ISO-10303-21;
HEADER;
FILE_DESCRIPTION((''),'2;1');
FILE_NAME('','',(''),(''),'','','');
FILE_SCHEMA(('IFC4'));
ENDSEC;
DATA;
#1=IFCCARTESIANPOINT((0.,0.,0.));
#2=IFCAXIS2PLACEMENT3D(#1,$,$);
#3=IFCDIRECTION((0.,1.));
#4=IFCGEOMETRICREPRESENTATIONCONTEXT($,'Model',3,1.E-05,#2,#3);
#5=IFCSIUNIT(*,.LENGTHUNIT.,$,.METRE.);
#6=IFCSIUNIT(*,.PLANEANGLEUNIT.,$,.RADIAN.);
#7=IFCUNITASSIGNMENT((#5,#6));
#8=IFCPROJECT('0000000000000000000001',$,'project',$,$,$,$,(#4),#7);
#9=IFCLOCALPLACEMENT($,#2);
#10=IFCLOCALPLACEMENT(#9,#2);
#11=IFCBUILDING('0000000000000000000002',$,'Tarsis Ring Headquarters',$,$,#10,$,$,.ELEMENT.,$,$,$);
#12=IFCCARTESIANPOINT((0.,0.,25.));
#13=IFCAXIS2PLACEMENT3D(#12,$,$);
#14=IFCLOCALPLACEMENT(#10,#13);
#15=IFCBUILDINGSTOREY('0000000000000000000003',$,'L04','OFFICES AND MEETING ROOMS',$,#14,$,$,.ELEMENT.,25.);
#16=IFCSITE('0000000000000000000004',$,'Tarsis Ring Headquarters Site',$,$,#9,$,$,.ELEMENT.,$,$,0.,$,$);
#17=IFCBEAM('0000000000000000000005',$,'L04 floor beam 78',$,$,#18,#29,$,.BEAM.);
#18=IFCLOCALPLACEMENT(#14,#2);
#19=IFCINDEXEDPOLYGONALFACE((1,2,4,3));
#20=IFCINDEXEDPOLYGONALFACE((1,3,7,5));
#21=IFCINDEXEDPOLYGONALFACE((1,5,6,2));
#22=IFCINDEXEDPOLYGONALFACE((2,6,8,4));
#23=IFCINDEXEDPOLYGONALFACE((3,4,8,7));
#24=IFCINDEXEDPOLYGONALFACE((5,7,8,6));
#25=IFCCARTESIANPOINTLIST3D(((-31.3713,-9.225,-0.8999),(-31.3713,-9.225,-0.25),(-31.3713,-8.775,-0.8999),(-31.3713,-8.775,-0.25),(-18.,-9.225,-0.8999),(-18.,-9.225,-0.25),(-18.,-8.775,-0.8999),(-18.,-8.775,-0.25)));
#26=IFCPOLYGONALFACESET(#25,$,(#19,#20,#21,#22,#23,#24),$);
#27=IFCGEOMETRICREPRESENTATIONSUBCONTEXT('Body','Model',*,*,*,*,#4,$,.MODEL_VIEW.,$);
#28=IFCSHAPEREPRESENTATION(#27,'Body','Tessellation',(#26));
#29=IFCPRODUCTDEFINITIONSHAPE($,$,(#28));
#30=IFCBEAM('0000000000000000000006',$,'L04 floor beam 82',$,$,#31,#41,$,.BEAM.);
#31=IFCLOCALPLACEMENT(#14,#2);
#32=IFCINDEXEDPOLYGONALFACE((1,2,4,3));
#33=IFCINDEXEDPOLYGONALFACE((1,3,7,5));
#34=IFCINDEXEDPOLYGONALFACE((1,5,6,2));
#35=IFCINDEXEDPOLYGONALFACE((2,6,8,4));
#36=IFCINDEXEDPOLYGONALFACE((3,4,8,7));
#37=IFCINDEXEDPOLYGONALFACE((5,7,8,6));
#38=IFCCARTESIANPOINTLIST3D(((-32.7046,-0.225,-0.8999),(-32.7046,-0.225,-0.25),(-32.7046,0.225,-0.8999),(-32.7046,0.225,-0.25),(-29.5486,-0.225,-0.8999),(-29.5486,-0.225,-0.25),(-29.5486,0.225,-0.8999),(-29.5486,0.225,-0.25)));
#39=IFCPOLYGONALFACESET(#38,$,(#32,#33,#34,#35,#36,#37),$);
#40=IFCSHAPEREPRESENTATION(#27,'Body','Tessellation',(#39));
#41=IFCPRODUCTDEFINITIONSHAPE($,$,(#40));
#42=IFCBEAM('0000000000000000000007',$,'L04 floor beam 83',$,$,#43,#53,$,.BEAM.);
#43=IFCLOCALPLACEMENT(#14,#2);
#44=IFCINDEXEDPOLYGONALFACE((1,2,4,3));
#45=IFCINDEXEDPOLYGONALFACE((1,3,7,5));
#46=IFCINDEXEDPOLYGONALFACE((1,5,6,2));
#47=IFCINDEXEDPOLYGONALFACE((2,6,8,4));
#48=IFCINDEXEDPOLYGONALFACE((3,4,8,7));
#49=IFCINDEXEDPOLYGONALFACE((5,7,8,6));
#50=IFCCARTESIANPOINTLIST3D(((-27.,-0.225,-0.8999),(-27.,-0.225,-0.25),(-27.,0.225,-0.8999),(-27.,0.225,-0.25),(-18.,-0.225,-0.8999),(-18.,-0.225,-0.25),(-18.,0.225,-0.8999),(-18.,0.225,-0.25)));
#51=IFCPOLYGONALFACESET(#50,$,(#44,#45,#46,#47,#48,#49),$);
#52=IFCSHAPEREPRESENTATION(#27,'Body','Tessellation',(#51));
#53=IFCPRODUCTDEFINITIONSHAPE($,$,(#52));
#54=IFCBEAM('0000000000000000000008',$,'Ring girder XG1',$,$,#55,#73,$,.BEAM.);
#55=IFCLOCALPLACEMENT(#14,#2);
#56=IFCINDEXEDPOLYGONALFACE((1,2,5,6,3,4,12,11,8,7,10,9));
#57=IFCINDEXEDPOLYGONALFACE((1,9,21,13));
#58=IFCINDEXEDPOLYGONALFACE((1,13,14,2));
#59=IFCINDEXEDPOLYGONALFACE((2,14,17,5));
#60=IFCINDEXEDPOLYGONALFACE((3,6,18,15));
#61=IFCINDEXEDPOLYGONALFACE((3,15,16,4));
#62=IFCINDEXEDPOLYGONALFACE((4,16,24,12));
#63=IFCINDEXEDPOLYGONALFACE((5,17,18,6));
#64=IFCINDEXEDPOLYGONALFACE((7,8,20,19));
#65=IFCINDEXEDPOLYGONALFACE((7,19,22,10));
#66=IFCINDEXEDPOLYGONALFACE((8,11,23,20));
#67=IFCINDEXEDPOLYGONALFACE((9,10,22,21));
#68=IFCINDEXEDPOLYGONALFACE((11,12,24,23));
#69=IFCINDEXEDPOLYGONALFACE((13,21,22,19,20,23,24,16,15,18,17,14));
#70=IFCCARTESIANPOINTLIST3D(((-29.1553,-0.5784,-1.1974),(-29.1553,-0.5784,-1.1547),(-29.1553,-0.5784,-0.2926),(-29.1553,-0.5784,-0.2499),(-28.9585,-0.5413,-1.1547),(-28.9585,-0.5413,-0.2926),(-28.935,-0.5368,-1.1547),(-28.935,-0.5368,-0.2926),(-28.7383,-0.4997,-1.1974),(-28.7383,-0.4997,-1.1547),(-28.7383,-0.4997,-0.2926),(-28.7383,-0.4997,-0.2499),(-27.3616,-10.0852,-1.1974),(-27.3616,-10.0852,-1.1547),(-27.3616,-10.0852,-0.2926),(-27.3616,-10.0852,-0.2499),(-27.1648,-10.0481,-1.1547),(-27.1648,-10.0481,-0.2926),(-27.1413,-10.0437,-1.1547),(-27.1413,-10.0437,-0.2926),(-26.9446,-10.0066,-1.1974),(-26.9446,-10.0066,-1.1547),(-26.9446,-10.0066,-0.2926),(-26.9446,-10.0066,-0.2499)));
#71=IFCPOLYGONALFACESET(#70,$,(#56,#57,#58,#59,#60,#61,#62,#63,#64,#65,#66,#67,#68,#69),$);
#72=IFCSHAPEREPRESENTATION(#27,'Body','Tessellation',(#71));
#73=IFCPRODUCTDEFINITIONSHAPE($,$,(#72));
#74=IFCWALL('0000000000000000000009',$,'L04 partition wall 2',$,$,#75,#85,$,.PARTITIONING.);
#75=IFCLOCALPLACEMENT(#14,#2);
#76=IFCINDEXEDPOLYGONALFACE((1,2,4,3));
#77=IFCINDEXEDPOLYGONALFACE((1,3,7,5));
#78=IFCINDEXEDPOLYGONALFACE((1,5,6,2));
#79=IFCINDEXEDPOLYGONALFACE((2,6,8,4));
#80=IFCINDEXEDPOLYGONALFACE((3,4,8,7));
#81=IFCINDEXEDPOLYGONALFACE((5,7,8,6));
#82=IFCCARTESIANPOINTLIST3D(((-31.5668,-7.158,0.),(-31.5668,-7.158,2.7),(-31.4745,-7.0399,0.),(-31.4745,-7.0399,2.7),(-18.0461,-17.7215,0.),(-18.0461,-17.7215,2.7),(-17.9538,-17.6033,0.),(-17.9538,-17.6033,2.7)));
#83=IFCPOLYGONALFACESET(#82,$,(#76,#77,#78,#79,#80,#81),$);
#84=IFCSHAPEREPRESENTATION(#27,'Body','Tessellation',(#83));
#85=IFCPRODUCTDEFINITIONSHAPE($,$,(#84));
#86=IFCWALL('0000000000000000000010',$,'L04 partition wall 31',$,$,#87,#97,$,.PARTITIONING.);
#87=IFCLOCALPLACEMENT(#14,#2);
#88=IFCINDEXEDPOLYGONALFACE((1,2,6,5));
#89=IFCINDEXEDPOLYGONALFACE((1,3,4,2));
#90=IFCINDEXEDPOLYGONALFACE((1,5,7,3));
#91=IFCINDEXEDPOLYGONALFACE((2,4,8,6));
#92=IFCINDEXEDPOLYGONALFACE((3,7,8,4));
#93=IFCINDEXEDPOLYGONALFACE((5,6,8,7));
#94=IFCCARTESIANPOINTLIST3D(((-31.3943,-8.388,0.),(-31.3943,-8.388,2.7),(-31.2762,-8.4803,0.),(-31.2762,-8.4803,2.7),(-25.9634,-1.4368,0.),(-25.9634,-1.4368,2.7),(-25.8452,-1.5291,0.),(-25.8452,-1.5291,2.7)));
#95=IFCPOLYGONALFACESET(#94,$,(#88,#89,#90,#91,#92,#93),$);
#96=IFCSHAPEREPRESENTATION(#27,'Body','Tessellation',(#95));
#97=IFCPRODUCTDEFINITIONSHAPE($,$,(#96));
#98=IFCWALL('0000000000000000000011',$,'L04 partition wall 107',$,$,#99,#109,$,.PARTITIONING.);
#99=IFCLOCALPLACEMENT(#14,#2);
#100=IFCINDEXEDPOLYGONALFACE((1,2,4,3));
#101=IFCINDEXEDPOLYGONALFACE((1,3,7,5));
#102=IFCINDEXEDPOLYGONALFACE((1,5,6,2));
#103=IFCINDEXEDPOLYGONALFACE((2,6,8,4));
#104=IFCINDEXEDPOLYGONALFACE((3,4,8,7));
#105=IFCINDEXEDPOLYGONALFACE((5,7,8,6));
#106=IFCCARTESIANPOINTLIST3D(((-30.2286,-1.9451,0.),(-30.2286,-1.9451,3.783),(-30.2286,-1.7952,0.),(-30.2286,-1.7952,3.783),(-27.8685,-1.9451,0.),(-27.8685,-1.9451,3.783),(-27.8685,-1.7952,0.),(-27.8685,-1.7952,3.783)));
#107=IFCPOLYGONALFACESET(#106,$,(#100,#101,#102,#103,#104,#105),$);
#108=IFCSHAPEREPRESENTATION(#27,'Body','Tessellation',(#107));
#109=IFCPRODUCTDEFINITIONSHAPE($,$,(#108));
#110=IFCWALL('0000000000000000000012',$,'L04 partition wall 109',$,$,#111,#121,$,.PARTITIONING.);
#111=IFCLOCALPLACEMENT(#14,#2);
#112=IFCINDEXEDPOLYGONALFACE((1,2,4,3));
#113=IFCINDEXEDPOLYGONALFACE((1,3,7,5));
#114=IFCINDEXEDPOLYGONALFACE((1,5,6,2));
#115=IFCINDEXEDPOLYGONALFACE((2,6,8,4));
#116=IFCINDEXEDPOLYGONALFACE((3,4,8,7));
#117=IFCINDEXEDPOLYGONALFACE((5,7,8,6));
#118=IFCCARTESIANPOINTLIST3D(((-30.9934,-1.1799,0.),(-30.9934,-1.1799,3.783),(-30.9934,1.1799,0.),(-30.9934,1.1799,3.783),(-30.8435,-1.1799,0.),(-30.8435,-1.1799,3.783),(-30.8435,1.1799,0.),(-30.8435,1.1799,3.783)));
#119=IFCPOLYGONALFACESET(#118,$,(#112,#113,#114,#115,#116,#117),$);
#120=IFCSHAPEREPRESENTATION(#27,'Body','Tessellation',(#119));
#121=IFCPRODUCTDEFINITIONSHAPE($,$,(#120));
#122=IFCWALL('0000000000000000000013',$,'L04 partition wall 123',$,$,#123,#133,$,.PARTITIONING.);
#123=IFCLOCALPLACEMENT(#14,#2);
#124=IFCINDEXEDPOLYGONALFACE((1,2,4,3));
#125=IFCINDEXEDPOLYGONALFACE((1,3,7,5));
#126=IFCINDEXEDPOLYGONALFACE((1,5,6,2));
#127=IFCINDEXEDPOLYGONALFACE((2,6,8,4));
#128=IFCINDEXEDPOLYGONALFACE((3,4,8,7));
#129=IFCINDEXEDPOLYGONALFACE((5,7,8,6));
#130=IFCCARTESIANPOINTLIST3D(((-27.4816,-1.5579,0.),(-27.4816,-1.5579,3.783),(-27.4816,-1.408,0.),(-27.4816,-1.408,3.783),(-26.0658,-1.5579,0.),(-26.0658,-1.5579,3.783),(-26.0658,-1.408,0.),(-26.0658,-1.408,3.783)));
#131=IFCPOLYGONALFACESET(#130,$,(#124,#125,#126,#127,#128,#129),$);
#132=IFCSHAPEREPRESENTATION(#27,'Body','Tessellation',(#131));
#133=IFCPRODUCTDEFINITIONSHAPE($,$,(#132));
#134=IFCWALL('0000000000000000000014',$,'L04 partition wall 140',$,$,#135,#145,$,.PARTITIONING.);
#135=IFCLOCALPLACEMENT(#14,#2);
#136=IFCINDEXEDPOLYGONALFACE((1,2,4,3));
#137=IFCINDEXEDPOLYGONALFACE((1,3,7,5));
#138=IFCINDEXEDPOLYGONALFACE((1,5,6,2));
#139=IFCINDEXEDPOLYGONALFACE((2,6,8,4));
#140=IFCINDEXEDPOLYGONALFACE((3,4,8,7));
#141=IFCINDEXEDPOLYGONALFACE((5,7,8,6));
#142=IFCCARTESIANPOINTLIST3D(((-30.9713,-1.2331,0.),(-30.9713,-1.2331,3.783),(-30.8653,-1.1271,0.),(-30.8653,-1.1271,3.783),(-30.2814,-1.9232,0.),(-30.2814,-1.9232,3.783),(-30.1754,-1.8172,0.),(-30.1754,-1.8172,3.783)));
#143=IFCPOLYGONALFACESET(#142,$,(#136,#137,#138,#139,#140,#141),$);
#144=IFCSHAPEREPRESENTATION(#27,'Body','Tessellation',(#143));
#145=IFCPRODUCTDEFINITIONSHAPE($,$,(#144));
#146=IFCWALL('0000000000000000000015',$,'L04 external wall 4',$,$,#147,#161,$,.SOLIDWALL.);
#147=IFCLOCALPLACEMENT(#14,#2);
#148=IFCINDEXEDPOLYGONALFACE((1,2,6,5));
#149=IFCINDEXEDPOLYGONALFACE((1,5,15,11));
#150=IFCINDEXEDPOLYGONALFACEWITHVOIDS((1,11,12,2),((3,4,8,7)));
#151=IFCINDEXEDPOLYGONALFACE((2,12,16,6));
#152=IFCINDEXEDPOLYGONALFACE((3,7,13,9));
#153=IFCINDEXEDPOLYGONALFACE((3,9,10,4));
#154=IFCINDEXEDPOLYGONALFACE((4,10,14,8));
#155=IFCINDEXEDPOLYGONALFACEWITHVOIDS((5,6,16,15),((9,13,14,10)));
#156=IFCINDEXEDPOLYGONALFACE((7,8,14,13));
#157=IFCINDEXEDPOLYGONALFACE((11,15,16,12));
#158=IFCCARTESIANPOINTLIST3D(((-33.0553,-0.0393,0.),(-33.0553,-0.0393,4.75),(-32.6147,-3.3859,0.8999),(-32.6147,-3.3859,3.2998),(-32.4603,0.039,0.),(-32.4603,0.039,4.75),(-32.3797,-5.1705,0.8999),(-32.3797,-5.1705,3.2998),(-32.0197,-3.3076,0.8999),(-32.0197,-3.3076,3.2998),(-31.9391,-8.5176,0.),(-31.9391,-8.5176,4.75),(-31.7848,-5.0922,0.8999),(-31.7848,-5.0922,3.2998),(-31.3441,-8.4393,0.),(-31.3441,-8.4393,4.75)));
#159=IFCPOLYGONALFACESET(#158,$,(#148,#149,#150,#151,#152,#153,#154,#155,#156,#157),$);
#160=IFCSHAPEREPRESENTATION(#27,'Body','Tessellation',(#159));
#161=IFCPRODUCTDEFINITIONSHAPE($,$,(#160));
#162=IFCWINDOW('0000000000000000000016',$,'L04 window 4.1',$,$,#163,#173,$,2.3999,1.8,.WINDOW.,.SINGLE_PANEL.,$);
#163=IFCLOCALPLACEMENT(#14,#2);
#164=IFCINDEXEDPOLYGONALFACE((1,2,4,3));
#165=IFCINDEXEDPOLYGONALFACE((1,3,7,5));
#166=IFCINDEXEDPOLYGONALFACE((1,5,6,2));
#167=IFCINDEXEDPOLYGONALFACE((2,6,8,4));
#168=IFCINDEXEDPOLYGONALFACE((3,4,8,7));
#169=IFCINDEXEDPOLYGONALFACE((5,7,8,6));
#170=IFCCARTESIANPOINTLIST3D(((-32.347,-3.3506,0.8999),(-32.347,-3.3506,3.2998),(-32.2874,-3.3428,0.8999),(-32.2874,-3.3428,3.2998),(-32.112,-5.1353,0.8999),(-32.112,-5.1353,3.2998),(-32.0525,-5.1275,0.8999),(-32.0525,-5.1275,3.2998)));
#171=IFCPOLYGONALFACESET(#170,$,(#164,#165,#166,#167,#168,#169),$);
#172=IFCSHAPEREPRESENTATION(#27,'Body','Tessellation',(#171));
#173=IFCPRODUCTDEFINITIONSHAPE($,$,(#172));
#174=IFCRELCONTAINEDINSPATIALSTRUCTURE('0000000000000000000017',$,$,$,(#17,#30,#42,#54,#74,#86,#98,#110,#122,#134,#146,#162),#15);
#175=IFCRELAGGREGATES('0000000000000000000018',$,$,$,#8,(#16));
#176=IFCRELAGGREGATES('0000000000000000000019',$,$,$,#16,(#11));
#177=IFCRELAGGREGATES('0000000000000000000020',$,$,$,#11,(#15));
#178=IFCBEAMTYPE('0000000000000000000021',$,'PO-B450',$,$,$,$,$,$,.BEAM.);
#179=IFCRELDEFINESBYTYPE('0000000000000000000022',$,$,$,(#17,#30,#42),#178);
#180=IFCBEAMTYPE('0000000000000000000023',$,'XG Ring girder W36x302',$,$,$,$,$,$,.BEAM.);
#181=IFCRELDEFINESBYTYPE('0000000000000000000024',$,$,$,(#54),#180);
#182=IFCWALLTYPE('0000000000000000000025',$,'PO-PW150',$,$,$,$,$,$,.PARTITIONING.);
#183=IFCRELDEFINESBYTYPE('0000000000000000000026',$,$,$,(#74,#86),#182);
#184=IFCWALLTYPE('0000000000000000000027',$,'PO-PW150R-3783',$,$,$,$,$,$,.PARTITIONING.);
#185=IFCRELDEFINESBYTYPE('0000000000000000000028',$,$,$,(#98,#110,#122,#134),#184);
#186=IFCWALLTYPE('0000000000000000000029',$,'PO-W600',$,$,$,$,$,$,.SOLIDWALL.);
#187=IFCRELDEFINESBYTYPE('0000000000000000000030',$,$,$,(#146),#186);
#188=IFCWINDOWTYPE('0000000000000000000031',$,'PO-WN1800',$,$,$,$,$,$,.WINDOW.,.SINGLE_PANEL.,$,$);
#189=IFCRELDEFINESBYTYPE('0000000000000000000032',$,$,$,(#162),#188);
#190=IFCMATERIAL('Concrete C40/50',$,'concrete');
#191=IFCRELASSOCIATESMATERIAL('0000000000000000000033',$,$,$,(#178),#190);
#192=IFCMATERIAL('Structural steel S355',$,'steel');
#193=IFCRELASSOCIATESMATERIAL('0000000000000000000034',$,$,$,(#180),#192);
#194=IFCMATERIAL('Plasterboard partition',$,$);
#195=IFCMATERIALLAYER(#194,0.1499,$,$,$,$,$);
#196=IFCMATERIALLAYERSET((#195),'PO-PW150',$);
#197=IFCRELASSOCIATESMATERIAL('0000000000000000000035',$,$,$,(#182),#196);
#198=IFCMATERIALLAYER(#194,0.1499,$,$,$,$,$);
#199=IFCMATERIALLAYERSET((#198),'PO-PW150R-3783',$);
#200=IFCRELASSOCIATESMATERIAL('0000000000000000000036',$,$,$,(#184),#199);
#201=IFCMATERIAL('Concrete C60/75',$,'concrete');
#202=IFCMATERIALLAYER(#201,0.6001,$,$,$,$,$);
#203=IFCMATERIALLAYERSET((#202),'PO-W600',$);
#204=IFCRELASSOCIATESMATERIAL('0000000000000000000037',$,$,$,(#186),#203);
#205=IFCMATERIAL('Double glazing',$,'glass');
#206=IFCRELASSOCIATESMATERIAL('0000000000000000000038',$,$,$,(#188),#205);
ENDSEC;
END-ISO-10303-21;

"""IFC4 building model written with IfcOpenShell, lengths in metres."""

from ifc_helpers import new_model, si_unit, direction, frame, frame_2d, origin, origin_2d, place, context, subcontext, project, spatial, rectangle, i_section, extrude, material, layer, layer_set, material_profile, profile_set, type_object, element, fill, save


model = new_model("IFC4")

# Units and contexts
model_context = context("Model", 3, precision=1e-05, world=origin(), true_north=direction((0.0, 1.0)))
body_context = subcontext(model_context, "Body", "Model", "MODEL_VIEW")
ifc_project = project(units=[si_unit("LENGTHUNIT", "METRE"), si_unit("PLANEANGLEUNIT", "RADIAN")], contexts=[model_context])

# Site, building, storey
site_placement = place(None, origin())
site = spatial("IfcSite", under=ifc_project, at=site_placement, Name="Tarsis Ring Headquarters Site", CompositionType="ELEMENT", RefElevation=0.0)
building_placement = place(site_placement, origin())
building = spatial("IfcBuilding", under=site, at=building_placement, Name="Tarsis Ring Headquarters", CompositionType="ELEMENT")
storey_placement = place(building_placement, frame((0.0, 0.0, 25.0)))
storey = spatial("IfcBuildingStorey", under=building, at=storey_placement, Name="L04", Description="OFFICES AND MEETING ROOMS", CompositionType="ELEMENT", Elevation=25.0)

# Beams
ifc_material_1 = material(Name="Concrete C40/50", Category="concrete")
ifc_material_profile_1 = material_profile(ifc_material_1, rectangle(XDim=0.45, YDim=0.6499, at=origin_2d()), Name="PO-B450")
ifc_profile_set_1 = profile_set([ifc_material_profile_1], Name="Concrete C40/50")
beam_type_1 = type_object("IfcBeamType", Name="PO-B450", PredefinedType="BEAM", material=ifc_profile_set_1)
beam_1_placement = place(storey_placement, frame((-31.3713, -9.0, -0.575), z_axis=(1.0, 0.0, 0.0), x_axis=(0.0, 1.0, 0.0)))
element("IfcBeam", 1, at=beam_1_placement, inside=storey, type_object=beam_type_1, Name="L04 floor beam 78", PredefinedType="BEAM", context=body_context, shape_type="SweptSolid", body=[
    extrude(rectangle(XDim=0.45, YDim=0.6499, at=origin_2d()), origin(), (0.0, 0.0, 1.0), 13.3713),
])
beam_2_placement = place(storey_placement, frame((-32.7046, 0.0, -0.575), z_axis=(1.0, 0.0, 0.0), x_axis=(0.0, 1.0, 0.0)))
element("IfcBeam", 2, at=beam_2_placement, inside=storey, type_object=beam_type_1, Name="L04 floor beam 82", PredefinedType="BEAM", context=body_context, shape_type="SweptSolid", body=[
    extrude(rectangle(XDim=0.45, YDim=0.6499, at=origin_2d()), origin(), (0.0, 0.0, 1.0), 3.156),
])
beam_3_placement = place(storey_placement, frame((-27.0, 0.0, -0.575), z_axis=(1.0, 0.0, 0.0), x_axis=(0.0, 1.0, 0.0)))
element("IfcBeam", 3, at=beam_3_placement, inside=storey, type_object=beam_type_1, Name="L04 floor beam 83", PredefinedType="BEAM", context=body_context, shape_type="SweptSolid", body=[
    extrude(rectangle(XDim=0.45, YDim=0.6499, at=origin_2d()), origin(), (0.0, 0.0, 1.0), 9.0),
])
ifc_material_2 = material(Name="Structural steel S355", Category="steel")
ifc_material_profile_2 = material_profile(ifc_material_2, i_section(OverallWidth=0.4243, OverallDepth=0.9475, WebThickness=0.0239, FlangeThickness=0.0427, at=origin_2d()), Name="W36x302")
ifc_profile_set_2 = profile_set([ifc_material_profile_2], Name="Structural steel S355")
beam_type_2 = type_object("IfcBeamType", Name="XG Ring girder W36x302", PredefinedType="BEAM", material=ifc_profile_set_2)
beam_4_placement = place(storey_placement, frame((-28.9468, -0.5391, -0.7236), z_axis=(0.185404, -0.982662, 0.0), x_axis=(0.982662, 0.185404, 0.0)))
element("IfcBeam", 4, at=beam_4_placement, inside=storey, type_object=beam_type_2, Name="Ring girder XG1", PredefinedType="BEAM", context=body_context, shape_type="SweptSolid", body=[
    extrude(i_section(OverallWidth=0.4243, OverallDepth=0.9475, WebThickness=0.0239, FlangeThickness=0.0427, at=origin_2d()), origin(), (0.0, 0.0, 1.0), 9.6746),
])

# Walls
ifc_material_3 = material(Name="Plasterboard partition")
ifc_layer_1 = layer(ifc_material_3, 0.1499)
ifc_layer_set_1 = layer_set([ifc_layer_1], Name="PO-PW150")
wall_type_1 = type_object("IfcWallType", Name="PO-PW150", PredefinedType="PARTITIONING", material=ifc_layer_set_1)
wall_1_placement = place(storey_placement, frame((-31.5208, -7.0989, 0.0), z_axis=(0.0, 0.0, 1.0), x_axis=(0.788013, -0.615658, 0.0)))
element("IfcWall", 5, at=wall_1_placement, inside=storey, type_object=wall_type_1, Name="L04 partition wall 2", PredefinedType="PARTITIONING", context=body_context, shape_type="SweptSolid", body=[
    extrude(rectangle(XDim=17.158, YDim=0.1499, at=frame_2d((8.5791, 0.0))), origin(), (0.0, 0.0, 1.0), 2.7),
])
wall_2_placement = place(storey_placement, frame((-25.9043, -1.4829, 0.0), z_axis=(0.0, 0.0, 1.0), x_axis=(-0.615666, -0.788008, 0.0)))
element("IfcWall", 6, at=wall_2_placement, inside=storey, type_object=wall_type_1, Name="L04 partition wall 31", PredefinedType="PARTITIONING", context=body_context, shape_type="SweptSolid", body=[
    extrude(rectangle(XDim=8.8213, YDim=0.1499, at=frame_2d((4.4106, 0.0))), origin(), (0.0, 0.0, 1.0), 2.7),
])
ifc_layer_2 = layer(ifc_material_3, 0.1499)
ifc_layer_set_2 = layer_set([ifc_layer_2], Name="PO-PW150R-3783")
wall_type_2 = type_object("IfcWallType", Name="PO-PW150R-3783", PredefinedType="PARTITIONING", material=ifc_layer_set_2)
wall_3_placement = place(storey_placement, frame((-27.8684, -1.8701, 0.0), z_axis=(0.0, 0.0, 1.0), x_axis=(-1.0, 0.0, 0.0)))
element("IfcWall", 7, at=wall_3_placement, inside=storey, type_object=wall_type_2, Name="L04 partition wall 107", PredefinedType="PARTITIONING", context=body_context, shape_type="SweptSolid", body=[
    extrude(rectangle(XDim=2.3601, YDim=0.1499, at=frame_2d((1.1802, 0.0))), origin(), (0.0, 0.0, 1.0), 3.783),
])
wall_4_placement = place(storey_placement, frame((-30.9185, -1.1799, 0.0), z_axis=(0.0, 0.0, 1.0), x_axis=(0.0, 1.0, 0.0)))
element("IfcWall", 8, at=wall_4_placement, inside=storey, type_object=wall_type_2, Name="L04 partition wall 109", PredefinedType="PARTITIONING", context=body_context, shape_type="SweptSolid", body=[
    extrude(rectangle(XDim=2.3599, YDim=0.1499, at=frame_2d((1.1799, 0.0))), origin(), (0.0, 0.0, 1.0), 3.783),
])
wall_5_placement = place(storey_placement, frame((-26.0657, -1.4829, 0.0), z_axis=(0.0, 0.0, 1.0), x_axis=(-1.0, 0.0, 0.0)))
element("IfcWall", 9, at=wall_5_placement, inside=storey, type_object=wall_type_2, Name="L04 partition wall 123", PredefinedType="PARTITIONING", context=body_context, shape_type="SweptSolid", body=[
    extrude(rectangle(XDim=1.4158, YDim=0.1499, at=frame_2d((0.708, 0.0))), origin(), (0.0, 0.0, 1.0), 3.783),
])
wall_6_placement = place(storey_placement, frame((-30.2285, -1.8701, 0.0), z_axis=(0.0, 0.0, 1.0), x_axis=(-0.706982, 0.707232, 0.0)))
element("IfcWall", 10, at=wall_6_placement, inside=storey, type_object=wall_type_2, Name="L04 partition wall 140", PredefinedType="PARTITIONING", context=body_context, shape_type="SweptSolid", body=[
    extrude(rectangle(XDim=0.9758, YDim=0.1499, at=frame_2d((0.4878, 0.0))), origin(), (0.0, 0.0, 1.0), 3.783),
])

# Wall, opening, window
ifc_material_4 = material(Name="Concrete C60/75", Category="concrete")
ifc_layer_3 = layer(ifc_material_4, 0.6001)
ifc_layer_set_3 = layer_set([ifc_layer_3], Name="PO-W600")
wall_type_3 = type_object("IfcWallType", Name="PO-W600", PredefinedType="SOLIDWALL", material=ifc_layer_set_3)
wall_7_placement = place(storey_placement, frame((-32.7578, 0.0, 0.0), z_axis=(0.0, 0.0, 1.0), x_axis=(0.130529, -0.991444, 0.0)))
wall_7 = element("IfcWall", 11, at=wall_7_placement, inside=storey, type_object=wall_type_3, Name="L04 external wall 4", PredefinedType="SOLIDWALL", context=body_context, shape_type="SweptSolid", body=[
    extrude(rectangle(XDim=8.5515, YDim=0.6001, at=frame_2d((4.2759, 0.0))), origin(), (0.0, 0.0, 1.0), 4.75),
])
opening_1_placement = place(wall_7_placement, frame((3.3757, 0.0, 0.8999)))
opening_1 = element("IfcOpeningElement", 12, at=opening_1_placement, cuts=wall_7, PredefinedType="OPENING", context=body_context, shape_type="SweptSolid", body=[
    extrude(rectangle(XDim=1.8, YDim=2.3999, at=frame_2d((0.8999, 1.2))), frame((0.0, 0.3101, 0.0), z_axis=(0.0, -1.0, 0.0), x_axis=(1.0, 0.0, 0.0)), (0.0, 0.0, 1.0), 0.6201),
])
ifc_material_5 = material(Name="Double glazing", Category="glass")
window_type = type_object("IfcWindowType", Name="PO-WN1800", PartitioningType="SINGLE_PANEL", PredefinedType="WINDOW", material=ifc_material_5)
window_1_placement = place(opening_1_placement, origin())
window_1 = element("IfcWindow", 13, at=window_1_placement, inside=storey, type_object=window_type, Name="L04 window 4.1", OverallHeight=2.3999, OverallWidth=1.8, PartitioningType="SINGLE_PANEL", PredefinedType="WINDOW", context=body_context, shape_type="SweptSolid", body=[
    extrude(rectangle(XDim=1.8, YDim=2.3999, at=frame_2d((0.8999, 1.2))), frame((0.0, 0.03, 0.0), z_axis=(0.0, -1.0, 0.0), x_axis=(1.0, 0.0, 0.0)), (0.0, 0.0, 1.0), 0.0601),
])
fill(opening_1, window_1)

save(model, "model.ifc")
